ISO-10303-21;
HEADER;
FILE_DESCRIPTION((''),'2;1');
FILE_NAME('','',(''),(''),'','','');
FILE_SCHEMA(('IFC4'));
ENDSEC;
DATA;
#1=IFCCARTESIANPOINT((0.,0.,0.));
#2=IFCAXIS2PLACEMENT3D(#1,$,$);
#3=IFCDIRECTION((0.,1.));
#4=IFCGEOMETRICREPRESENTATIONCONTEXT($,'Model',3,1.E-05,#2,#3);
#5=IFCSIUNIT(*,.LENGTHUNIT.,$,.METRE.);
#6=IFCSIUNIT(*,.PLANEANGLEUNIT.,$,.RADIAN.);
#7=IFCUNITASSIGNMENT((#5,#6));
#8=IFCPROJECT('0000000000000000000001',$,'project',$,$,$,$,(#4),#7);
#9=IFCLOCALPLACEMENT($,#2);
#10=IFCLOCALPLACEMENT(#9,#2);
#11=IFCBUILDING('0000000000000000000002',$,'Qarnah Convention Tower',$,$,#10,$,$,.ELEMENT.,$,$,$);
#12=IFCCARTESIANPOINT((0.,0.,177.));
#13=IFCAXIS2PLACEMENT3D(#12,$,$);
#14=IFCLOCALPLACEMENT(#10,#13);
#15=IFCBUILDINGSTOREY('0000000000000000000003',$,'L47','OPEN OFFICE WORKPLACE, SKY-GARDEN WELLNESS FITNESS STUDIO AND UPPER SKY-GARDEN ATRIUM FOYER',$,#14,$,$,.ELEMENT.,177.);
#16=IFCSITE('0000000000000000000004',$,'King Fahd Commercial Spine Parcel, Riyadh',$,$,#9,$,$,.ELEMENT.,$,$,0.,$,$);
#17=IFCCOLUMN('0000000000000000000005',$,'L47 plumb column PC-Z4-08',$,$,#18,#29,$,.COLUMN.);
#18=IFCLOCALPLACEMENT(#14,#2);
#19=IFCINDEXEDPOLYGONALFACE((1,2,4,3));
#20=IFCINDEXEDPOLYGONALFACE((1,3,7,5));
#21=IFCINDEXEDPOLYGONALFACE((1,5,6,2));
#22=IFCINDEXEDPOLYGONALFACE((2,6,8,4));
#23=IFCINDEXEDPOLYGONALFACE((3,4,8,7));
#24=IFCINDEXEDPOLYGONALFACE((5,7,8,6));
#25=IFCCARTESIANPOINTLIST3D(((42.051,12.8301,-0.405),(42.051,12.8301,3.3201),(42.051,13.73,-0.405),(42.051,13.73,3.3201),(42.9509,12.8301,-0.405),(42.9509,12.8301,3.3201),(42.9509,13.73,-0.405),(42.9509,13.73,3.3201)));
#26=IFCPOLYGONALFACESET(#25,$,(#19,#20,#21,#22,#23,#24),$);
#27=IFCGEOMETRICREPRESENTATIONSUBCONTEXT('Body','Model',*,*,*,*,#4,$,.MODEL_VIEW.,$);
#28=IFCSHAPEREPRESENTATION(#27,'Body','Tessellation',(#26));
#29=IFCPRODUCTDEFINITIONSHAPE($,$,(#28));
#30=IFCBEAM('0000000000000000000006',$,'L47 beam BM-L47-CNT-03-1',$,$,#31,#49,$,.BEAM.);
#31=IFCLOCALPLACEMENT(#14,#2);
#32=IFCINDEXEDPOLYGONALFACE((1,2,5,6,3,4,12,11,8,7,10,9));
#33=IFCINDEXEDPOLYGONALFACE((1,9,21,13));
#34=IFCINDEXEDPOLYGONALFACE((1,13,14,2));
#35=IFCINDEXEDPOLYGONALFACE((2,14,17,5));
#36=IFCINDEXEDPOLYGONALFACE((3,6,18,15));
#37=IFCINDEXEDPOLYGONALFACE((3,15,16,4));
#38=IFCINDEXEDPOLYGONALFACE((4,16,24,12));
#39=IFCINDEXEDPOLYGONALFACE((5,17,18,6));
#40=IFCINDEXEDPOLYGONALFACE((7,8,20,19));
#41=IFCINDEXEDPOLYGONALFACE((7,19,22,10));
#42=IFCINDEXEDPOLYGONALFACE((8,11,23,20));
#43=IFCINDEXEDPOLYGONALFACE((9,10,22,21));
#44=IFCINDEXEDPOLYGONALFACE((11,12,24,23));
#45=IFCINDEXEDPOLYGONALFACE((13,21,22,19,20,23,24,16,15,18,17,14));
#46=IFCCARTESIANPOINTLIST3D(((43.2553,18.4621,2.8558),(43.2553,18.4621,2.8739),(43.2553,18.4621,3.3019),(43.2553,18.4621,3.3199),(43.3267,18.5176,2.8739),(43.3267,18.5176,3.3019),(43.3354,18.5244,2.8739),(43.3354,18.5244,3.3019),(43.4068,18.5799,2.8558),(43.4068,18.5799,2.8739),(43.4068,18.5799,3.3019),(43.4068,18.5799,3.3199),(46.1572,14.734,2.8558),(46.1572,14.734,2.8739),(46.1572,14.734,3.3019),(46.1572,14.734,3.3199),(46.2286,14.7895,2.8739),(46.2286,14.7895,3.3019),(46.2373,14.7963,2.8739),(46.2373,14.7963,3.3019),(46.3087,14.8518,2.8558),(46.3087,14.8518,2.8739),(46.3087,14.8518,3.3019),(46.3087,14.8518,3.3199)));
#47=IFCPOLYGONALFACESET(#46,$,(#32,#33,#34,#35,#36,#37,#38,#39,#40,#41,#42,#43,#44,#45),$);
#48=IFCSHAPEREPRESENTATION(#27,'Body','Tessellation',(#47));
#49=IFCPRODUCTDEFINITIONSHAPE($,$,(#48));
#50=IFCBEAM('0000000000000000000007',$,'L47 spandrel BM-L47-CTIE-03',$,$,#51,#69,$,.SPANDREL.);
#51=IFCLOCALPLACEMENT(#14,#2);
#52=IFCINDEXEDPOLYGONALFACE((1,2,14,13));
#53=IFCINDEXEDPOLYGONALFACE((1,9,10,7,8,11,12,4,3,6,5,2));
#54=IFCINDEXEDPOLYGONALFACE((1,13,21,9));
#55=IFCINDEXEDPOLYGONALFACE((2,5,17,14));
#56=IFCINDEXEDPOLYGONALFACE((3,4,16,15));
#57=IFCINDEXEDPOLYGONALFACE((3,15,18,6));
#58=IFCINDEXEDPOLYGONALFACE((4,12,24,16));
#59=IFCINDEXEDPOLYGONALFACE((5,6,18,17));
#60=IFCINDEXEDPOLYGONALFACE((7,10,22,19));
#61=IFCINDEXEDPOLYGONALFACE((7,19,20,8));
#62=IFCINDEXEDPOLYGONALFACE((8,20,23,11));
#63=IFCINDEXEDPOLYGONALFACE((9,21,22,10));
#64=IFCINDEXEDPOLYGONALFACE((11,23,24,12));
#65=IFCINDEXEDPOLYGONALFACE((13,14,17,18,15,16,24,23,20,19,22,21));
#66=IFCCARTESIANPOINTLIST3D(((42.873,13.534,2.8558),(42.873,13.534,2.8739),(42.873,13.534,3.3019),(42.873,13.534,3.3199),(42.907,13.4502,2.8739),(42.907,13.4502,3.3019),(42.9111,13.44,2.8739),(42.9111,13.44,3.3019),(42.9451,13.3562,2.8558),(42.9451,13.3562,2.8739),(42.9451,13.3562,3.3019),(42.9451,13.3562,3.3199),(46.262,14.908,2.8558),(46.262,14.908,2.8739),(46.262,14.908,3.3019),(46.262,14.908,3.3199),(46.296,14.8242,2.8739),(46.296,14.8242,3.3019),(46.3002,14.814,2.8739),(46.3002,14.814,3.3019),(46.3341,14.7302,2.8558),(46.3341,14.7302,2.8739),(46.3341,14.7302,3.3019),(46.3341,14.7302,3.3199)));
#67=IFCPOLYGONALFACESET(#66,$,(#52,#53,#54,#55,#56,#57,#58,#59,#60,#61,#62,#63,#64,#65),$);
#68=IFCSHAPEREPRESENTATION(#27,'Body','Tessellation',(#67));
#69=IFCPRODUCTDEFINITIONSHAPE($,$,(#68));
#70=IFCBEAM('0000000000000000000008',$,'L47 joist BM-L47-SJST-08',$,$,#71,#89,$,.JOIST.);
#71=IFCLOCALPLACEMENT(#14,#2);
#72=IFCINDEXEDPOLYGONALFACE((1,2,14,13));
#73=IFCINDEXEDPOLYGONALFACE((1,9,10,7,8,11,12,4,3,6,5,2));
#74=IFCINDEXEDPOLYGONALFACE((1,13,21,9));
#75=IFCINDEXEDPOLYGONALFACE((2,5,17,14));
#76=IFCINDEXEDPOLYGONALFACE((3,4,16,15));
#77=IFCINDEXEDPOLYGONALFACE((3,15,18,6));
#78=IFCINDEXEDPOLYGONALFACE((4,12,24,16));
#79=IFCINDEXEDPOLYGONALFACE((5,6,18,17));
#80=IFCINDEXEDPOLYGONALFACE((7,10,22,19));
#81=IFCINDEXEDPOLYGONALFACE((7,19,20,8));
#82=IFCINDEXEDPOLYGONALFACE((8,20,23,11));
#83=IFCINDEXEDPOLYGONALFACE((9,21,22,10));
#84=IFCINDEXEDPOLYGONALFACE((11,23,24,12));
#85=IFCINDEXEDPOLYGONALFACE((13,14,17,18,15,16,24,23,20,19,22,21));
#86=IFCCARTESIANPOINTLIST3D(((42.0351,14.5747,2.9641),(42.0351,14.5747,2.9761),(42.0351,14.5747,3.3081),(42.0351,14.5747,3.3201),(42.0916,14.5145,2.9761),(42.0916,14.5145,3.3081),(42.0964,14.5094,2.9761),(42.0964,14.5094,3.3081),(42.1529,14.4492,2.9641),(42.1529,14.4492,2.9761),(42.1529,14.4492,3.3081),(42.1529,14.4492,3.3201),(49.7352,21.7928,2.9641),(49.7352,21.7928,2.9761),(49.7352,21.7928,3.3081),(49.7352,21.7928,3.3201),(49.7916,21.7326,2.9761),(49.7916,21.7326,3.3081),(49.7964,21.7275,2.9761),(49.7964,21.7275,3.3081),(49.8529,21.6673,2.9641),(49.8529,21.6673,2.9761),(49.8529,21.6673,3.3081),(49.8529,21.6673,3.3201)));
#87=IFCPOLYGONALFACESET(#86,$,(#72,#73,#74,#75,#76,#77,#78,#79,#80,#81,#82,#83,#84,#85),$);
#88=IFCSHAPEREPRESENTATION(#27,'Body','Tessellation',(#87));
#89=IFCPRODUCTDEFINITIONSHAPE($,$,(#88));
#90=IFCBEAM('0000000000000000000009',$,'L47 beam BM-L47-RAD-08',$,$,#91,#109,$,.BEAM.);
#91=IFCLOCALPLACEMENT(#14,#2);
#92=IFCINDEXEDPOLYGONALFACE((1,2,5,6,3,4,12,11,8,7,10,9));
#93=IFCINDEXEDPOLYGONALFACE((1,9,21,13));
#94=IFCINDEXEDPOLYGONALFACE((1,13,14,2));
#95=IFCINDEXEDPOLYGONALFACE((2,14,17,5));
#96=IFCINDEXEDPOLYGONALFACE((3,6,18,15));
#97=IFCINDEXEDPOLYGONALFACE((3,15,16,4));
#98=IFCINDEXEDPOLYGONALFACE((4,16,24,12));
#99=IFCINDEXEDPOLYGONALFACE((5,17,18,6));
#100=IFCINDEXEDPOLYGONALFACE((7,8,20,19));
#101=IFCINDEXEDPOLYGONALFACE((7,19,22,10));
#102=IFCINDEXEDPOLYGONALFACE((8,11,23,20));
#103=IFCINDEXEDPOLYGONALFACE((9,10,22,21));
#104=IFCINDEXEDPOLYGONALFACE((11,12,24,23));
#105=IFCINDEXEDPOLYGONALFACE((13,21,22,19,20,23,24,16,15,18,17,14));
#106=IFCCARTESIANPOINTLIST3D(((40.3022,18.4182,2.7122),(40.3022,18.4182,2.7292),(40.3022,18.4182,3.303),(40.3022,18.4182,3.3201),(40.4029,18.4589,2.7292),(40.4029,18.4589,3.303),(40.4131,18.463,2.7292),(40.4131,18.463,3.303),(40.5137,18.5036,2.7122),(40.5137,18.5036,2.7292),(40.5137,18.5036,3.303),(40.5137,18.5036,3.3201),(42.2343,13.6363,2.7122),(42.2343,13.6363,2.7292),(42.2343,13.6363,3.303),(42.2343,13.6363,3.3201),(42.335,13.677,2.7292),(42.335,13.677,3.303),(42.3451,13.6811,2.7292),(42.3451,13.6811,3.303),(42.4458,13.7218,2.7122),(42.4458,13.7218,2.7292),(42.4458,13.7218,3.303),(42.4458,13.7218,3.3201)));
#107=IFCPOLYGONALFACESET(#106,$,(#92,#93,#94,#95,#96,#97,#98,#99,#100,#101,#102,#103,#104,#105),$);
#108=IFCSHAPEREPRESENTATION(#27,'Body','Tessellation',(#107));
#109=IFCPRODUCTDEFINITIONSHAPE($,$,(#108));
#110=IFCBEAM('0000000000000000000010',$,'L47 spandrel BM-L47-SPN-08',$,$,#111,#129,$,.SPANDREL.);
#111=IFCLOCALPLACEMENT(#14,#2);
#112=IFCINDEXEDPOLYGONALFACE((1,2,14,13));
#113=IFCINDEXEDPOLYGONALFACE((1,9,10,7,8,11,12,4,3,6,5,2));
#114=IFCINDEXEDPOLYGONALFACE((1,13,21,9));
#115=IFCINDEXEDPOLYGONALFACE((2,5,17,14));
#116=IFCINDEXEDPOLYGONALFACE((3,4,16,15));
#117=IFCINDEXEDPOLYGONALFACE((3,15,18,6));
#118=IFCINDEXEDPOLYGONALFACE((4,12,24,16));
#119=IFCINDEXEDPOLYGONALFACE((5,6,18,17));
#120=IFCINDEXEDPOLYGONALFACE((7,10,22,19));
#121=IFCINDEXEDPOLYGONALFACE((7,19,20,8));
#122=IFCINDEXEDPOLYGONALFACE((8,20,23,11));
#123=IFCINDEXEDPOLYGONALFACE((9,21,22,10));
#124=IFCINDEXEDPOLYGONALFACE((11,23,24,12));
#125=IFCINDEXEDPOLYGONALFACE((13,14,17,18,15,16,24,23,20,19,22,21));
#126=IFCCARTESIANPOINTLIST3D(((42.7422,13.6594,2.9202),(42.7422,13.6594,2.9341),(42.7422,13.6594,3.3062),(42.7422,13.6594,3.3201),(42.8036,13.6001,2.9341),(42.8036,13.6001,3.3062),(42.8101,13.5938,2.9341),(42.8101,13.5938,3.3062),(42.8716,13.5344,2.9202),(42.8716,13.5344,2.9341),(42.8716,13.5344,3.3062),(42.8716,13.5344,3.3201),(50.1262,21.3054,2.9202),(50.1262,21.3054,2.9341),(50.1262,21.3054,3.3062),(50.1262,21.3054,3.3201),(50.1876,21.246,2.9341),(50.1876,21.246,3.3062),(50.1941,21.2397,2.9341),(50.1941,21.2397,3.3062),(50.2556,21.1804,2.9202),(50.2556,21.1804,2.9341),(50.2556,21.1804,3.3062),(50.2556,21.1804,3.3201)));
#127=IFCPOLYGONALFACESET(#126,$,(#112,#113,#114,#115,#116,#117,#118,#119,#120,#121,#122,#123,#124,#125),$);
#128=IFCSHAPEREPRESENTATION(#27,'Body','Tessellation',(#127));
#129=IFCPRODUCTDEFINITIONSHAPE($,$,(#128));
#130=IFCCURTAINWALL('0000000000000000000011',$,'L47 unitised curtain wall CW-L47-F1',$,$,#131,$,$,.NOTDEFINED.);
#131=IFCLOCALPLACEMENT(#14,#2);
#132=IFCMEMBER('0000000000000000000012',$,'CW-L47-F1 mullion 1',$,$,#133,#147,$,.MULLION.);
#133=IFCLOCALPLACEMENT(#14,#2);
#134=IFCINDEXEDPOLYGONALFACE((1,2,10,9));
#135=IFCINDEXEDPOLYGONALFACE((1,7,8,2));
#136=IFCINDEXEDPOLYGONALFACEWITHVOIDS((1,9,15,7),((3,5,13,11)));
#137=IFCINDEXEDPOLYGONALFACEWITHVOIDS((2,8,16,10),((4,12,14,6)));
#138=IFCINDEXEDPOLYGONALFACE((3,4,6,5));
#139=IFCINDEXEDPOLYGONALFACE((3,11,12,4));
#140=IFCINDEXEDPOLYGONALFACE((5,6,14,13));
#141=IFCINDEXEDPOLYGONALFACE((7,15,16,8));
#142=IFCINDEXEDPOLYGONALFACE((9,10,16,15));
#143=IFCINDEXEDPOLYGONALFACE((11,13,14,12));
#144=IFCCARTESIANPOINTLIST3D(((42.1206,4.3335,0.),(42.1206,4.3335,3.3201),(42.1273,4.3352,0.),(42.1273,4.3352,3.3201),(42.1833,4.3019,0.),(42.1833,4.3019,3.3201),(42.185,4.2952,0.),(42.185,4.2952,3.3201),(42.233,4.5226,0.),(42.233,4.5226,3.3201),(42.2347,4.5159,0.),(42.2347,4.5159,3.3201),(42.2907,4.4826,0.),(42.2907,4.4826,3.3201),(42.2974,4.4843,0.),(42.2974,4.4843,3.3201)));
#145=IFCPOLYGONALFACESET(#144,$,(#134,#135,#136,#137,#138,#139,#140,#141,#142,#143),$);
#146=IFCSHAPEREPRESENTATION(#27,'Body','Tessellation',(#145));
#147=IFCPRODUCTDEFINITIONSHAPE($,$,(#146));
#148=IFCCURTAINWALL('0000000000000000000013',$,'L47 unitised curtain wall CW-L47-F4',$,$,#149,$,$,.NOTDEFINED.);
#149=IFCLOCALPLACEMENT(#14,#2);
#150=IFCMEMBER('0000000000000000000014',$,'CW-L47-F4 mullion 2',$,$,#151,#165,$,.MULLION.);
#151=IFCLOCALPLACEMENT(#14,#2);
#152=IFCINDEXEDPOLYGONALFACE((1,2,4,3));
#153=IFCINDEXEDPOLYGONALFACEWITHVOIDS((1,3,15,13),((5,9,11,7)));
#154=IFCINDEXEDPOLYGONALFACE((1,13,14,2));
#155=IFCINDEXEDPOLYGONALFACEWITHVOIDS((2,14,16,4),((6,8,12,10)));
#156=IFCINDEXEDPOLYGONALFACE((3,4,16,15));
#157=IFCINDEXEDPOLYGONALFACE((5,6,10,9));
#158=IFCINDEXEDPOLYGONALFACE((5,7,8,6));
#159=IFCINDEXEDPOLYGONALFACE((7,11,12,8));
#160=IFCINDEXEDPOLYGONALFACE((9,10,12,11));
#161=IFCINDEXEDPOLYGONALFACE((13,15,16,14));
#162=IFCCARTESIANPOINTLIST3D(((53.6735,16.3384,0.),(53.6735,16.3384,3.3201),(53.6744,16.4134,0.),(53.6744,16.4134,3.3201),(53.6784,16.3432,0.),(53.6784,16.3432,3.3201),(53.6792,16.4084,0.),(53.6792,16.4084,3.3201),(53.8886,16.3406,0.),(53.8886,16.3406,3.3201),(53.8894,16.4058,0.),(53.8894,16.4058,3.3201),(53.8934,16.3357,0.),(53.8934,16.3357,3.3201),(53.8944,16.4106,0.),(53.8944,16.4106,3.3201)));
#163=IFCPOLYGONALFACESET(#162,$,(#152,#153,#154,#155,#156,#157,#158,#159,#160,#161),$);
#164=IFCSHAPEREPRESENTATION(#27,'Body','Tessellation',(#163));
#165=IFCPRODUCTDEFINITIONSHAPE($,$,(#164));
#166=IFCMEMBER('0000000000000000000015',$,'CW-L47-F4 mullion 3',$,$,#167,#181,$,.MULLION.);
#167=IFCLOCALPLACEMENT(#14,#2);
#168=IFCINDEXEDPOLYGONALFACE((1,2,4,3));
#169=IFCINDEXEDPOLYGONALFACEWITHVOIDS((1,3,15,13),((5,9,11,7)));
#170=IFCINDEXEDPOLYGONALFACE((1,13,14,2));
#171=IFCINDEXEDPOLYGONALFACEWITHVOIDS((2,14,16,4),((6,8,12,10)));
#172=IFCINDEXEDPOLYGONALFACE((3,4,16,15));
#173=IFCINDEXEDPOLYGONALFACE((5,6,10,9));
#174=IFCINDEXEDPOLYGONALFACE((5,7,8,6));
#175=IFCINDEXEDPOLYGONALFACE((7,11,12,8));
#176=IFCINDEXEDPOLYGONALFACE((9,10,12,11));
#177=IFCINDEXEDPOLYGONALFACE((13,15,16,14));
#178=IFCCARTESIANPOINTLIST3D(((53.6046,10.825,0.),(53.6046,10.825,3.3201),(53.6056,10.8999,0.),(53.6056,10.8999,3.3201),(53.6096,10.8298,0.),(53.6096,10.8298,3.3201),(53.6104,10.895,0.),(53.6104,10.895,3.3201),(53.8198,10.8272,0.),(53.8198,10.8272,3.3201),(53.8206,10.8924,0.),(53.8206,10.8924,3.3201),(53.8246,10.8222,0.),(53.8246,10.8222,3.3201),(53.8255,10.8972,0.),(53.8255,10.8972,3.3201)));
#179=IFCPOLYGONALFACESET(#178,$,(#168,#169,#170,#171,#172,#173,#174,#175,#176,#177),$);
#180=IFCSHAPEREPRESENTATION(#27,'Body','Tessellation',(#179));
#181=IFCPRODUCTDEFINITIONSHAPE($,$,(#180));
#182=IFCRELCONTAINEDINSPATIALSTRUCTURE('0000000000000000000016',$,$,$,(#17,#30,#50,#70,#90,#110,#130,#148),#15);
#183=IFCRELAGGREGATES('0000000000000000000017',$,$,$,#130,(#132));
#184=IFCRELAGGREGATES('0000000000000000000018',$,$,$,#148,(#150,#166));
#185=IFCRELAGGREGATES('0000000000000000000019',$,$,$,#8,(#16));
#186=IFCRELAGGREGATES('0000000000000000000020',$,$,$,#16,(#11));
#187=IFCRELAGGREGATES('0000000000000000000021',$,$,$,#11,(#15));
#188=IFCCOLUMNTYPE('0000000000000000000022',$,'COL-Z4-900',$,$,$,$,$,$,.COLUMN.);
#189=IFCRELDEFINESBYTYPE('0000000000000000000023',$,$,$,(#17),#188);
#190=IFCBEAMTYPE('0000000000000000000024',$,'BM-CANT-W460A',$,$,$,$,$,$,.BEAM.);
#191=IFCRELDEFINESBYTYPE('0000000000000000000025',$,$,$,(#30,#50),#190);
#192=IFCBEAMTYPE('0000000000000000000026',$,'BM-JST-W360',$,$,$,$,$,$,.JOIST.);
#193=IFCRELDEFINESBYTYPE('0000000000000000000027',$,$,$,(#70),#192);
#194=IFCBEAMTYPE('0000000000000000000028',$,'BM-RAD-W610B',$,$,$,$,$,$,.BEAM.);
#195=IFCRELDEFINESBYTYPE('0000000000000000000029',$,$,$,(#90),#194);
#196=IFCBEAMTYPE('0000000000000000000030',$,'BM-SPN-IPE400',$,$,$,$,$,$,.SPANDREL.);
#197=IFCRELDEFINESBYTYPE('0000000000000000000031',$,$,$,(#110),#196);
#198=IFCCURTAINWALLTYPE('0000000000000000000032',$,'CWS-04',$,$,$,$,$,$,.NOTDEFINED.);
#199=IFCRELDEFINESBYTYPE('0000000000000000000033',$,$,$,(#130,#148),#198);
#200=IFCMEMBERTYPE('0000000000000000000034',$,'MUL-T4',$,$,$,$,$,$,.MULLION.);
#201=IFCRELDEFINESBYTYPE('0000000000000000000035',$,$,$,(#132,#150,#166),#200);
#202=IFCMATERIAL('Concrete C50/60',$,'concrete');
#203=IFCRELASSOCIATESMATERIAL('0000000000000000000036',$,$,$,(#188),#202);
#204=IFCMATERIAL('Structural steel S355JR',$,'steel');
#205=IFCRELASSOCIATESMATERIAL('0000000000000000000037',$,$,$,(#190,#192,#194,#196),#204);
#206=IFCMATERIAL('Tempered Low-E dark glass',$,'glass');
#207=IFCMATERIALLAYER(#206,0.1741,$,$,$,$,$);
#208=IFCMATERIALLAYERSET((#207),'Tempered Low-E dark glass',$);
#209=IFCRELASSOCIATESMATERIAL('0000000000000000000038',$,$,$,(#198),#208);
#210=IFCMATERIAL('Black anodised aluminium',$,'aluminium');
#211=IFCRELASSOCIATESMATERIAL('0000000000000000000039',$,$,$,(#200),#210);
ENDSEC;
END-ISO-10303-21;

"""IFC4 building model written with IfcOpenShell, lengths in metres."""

from ifc_helpers import new_model, si_unit, direction, frame, origin, origin_2d, place, context, subcontext, project, spatial, rectangle, hollow_rectangle, i_section, extrude, material, layer, layer_set, material_profile, profile_set, type_object, element, aggregate, save


model = new_model("IFC4")

# Units and contexts
model_context = context("Model", 3, precision=1e-05, world=origin(), true_north=direction((0.0, 1.0)))
body_context = subcontext(model_context, "Body", "Model", "MODEL_VIEW")
ifc_project = project(units=[si_unit("LENGTHUNIT", "METRE"), si_unit("PLANEANGLEUNIT", "RADIAN")], contexts=[model_context])

# Site, building, storey
site_placement = place(None, origin())
site = spatial("IfcSite", under=ifc_project, at=site_placement, Name="King Fahd Commercial Spine Parcel, Riyadh", CompositionType="ELEMENT", RefElevation=0.0)
building_placement = place(site_placement, origin())
building = spatial("IfcBuilding", under=site, at=building_placement, Name="Qarnah Convention Tower", CompositionType="ELEMENT")
storey_placement = place(building_placement, frame((0.0, 0.0, 177.0)))
storey = spatial("IfcBuildingStorey", under=building, at=storey_placement, Name="L47", Description="OPEN OFFICE WORKPLACE, SKY-GARDEN WELLNESS FITNESS STUDIO AND UPPER SKY-GARDEN ATRIUM FOYER", CompositionType="ELEMENT", Elevation=177.0)

# Column
ifc_material_1 = material(Name="Concrete C50/60", Category="concrete")
ifc_material_profile_1 = material_profile(ifc_material_1, rectangle(XDim=0.8999, YDim=0.8999, at=origin_2d()), Name="RC-COL-900X900")
ifc_profile_set_1 = profile_set([ifc_material_profile_1], Name="Concrete C50/60")
column_type = type_object("IfcColumnType", Name="COL-Z4-900", PredefinedType="COLUMN", material=ifc_profile_set_1)
column_placement = place(storey_placement, frame((42.501, 13.28, -0.405), z_axis=(0.0, 0.0, 1.0), x_axis=(1.0, 0.0, 0.0)))
element("IfcColumn", 1, at=column_placement, inside=storey, type_object=column_type, Name="L47 plumb column PC-Z4-08", PredefinedType="COLUMN", context=body_context, shape_type="SweptSolid", body=[
    extrude(rectangle(XDim=0.8999, YDim=0.8999, at=origin_2d()), origin(), (0.0, 0.0, 1.0), 3.7251),
])

# Beams
ifc_material_2 = material(Name="Structural steel S355JR", Category="steel")
ifc_material_profile_2 = material_profile(ifc_material_2, i_section(OverallWidth=0.1919, OverallDepth=0.4641, WebThickness=0.011, FlangeThickness=0.0181, at=origin_2d()), Name="W460X89")
ifc_profile_set_2 = profile_set([ifc_material_profile_2], Name="Structural steel S355JR")
beam_type_1 = type_object("IfcBeamType", Name="BM-CANT-W460A", PredefinedType="BEAM", material=ifc_profile_set_2)
beam_1_placement = place(storey_placement, frame((43.3311, 18.521, 3.0879), z_axis=(0.614241, -0.789118, 0.0), x_axis=(0.789118, 0.614241, 0.0)))
element("IfcBeam", 2, at=beam_1_placement, inside=storey, type_object=beam_type_1, Name="L47 beam BM-L47-CNT-03-1", PredefinedType="BEAM", context=body_context, shape_type="SweptSolid", body=[
    extrude(i_section(OverallWidth=0.1919, OverallDepth=0.4641, WebThickness=0.011, FlangeThickness=0.0181, at=origin_2d()), origin(), (0.0, 0.0, 1.0), 4.7244),
])
beam_2_placement = place(storey_placement, frame((46.2981, 14.8191, 3.0879), z_axis=(-0.926735, -0.375714, 0.0), x_axis=(0.375714, -0.926735, 0.0)))
element("IfcBeam", 3, at=beam_2_placement, inside=storey, type_object=beam_type_1, Name="L47 spandrel BM-L47-CTIE-03", PredefinedType="SPANDREL", context=body_context, shape_type="SweptSolid", body=[
    extrude(i_section(OverallWidth=0.1919, OverallDepth=0.4641, WebThickness=0.011, FlangeThickness=0.0181, at=origin_2d()), origin(), (0.0, 0.0, 1.0), 3.657),
])
ifc_material_profile_3 = material_profile(ifc_material_2, i_section(OverallWidth=0.1721, OverallDepth=0.356, WebThickness=0.0071, FlangeThickness=0.012, at=origin_2d()), Name="W360X51")
ifc_profile_set_3 = profile_set([ifc_material_profile_3], Name="Structural steel S355JR")
beam_type_2 = type_object("IfcBeamType", Name="BM-JST-W360", PredefinedType="JOIST", material=ifc_profile_set_3)
beam_3_placement = place(storey_placement, frame((42.094, 14.512, 3.1421), z_axis=(0.72957, 0.683907, 0.0), x_axis=(-0.683907, 0.72957, 0.0)))
element("IfcBeam", 4, at=beam_3_placement, inside=storey, type_object=beam_type_2, Name="L47 joist BM-L47-SJST-08", PredefinedType="JOIST", context=body_context, shape_type="SweptSolid", body=[
    extrude(i_section(OverallWidth=0.1721, OverallDepth=0.356, WebThickness=0.0071, FlangeThickness=0.012, at=origin_2d()), origin(), (0.0, 0.0, 1.0), 10.5542),
])
ifc_material_profile_4 = material_profile(ifc_material_2, i_section(OverallWidth=0.228, OverallDepth=0.6079, WebThickness=0.011, FlangeThickness=0.0171, at=origin_2d()), Name="W610X113")
ifc_profile_set_4 = profile_set([ifc_material_profile_4], Name="Structural steel S355JR")
beam_type_3 = type_object("IfcBeamType", Name="BM-RAD-W610B", PredefinedType="BEAM", material=ifc_profile_set_4)
beam_4_placement = place(storey_placement, frame((40.408, 18.4609, 3.0161), z_axis=(0.37462, -0.927178, 0.0), x_axis=(0.927178, 0.37462, 0.0)))
element("IfcBeam", 5, at=beam_4_placement, inside=storey, type_object=beam_type_3, Name="L47 beam BM-L47-RAD-08", PredefinedType="BEAM", context=body_context, shape_type="SweptSolid", body=[
    extrude(i_section(OverallWidth=0.228, OverallDepth=0.6079, WebThickness=0.011, FlangeThickness=0.0171, at=origin_2d()), origin(), (0.0, 0.0, 1.0), 5.1575),
])
ifc_material_profile_5 = material_profile(ifc_material_2, i_section(OverallWidth=0.1799, OverallDepth=0.3999, WebThickness=0.009, FlangeThickness=0.0139, at=origin_2d()), Name="IPE400")
ifc_profile_set_5 = profile_set([ifc_material_profile_5], Name="Structural steel S355JR")
beam_type_4 = type_object("IfcBeamType", Name="BM-SPN-IPE400", PredefinedType="SPANDREL", material=ifc_profile_set_5)
beam_5_placement = place(storey_placement, frame((42.8069, 13.5969, 3.1201), z_axis=(0.694677, 0.719322, 0.0), x_axis=(-0.719322, 0.694677, 0.0)))
element("IfcBeam", 6, at=beam_5_placement, inside=storey, type_object=beam_type_4, Name="L47 spandrel BM-L47-SPN-08", PredefinedType="SPANDREL", context=body_context, shape_type="SweptSolid", body=[
    extrude(i_section(OverallWidth=0.1799, OverallDepth=0.3999, WebThickness=0.009, FlangeThickness=0.0139, at=origin_2d()), origin(), (0.0, 0.0, 1.0), 10.6294),
])

# Curtain wall, member
ifc_material_3 = material(Name="Tempered Low-E dark glass", Category="glass")
ifc_layer_1 = layer(ifc_material_3, 0.1741)
ifc_layer_set_1 = layer_set([ifc_layer_1], Name="Tempered Low-E dark glass")
curtain_wall_type = type_object("IfcCurtainWallType", Name="CWS-04", PredefinedType="NOTDEFINED", material=ifc_layer_set_1)
curtain_wall_1_placement = place(storey_placement, origin())
curtain_wall_1 = element("IfcCurtainWall", 7, at=curtain_wall_1_placement, inside=storey, type_object=curtain_wall_type, Name="L47 unitised curtain wall CW-L47-F1", PredefinedType="NOTDEFINED")
ifc_material_4 = material(Name="Black anodised aluminium", Category="aluminium")
ifc_material_profile_6 = material_profile(ifc_material_4, hollow_rectangle(XDim=0.075, YDim=0.22, WallThickness=0.0049, at=origin_2d()), Name="MUL-75X220")
ifc_profile_set_6 = profile_set([ifc_material_profile_6], Name="Black anodised aluminium")
member_type_1 = type_object("IfcMemberType", Name="MUL-T4", PredefinedType="MULLION", material=ifc_profile_set_6)
member_1_placement = place(storey_placement, frame((42.209, 4.4089, 0.0), z_axis=(0.0, 0.0, 1.0), x_axis=(-0.859654, 0.510877, 0.0)))
member_1 = element("IfcMember", 8, at=member_1_placement, type_object=member_type_1, Name="CW-L47-F1 mullion 1", PredefinedType="MULLION", context=body_context, shape_type="SweptSolid", body=[
    extrude(hollow_rectangle(XDim=0.075, YDim=0.22, WallThickness=0.0049, at=origin_2d()), origin(), (0.0, 0.0, 1.0), 3.3201),
])

# Curtain wall, members
curtain_wall_2_placement = place(storey_placement, origin())
curtain_wall_2 = element("IfcCurtainWall", 9, at=curtain_wall_2_placement, inside=storey, type_object=curtain_wall_type, Name="L47 unitised curtain wall CW-L47-F4", PredefinedType="NOTDEFINED")
member_2_placement = place(storey_placement, frame((53.7839, 16.3745, 0.0), z_axis=(0.0, 0.0, 1.0), x_axis=(-0.012514, -0.999922, 0.0)))
member_2 = element("IfcMember", 10, at=member_2_placement, type_object=member_type_1, Name="CW-L47-F4 mullion 2", PredefinedType="MULLION", context=body_context, shape_type="SweptSolid", body=[
    extrude(hollow_rectangle(XDim=0.075, YDim=0.22, WallThickness=0.0049, at=origin_2d()), origin(), (0.0, 0.0, 1.0), 3.3201),
])
member_3_placement = place(storey_placement, frame((53.7151, 10.8611, 0.0), z_axis=(0.0, 0.0, 1.0), x_axis=(-0.012514, -0.999922, 0.0)))
member_3 = element("IfcMember", 11, at=member_3_placement, type_object=member_type_1, Name="CW-L47-F4 mullion 3", PredefinedType="MULLION", context=body_context, shape_type="SweptSolid", body=[
    extrude(hollow_rectangle(XDim=0.075, YDim=0.22, WallThickness=0.0049, at=origin_2d()), origin(), (0.0, 0.0, 1.0), 3.3201),
])

aggregate(curtain_wall_1, [member_1])
aggregate(curtain_wall_2, [member_2, member_3])

save(model, "model.ifc")
